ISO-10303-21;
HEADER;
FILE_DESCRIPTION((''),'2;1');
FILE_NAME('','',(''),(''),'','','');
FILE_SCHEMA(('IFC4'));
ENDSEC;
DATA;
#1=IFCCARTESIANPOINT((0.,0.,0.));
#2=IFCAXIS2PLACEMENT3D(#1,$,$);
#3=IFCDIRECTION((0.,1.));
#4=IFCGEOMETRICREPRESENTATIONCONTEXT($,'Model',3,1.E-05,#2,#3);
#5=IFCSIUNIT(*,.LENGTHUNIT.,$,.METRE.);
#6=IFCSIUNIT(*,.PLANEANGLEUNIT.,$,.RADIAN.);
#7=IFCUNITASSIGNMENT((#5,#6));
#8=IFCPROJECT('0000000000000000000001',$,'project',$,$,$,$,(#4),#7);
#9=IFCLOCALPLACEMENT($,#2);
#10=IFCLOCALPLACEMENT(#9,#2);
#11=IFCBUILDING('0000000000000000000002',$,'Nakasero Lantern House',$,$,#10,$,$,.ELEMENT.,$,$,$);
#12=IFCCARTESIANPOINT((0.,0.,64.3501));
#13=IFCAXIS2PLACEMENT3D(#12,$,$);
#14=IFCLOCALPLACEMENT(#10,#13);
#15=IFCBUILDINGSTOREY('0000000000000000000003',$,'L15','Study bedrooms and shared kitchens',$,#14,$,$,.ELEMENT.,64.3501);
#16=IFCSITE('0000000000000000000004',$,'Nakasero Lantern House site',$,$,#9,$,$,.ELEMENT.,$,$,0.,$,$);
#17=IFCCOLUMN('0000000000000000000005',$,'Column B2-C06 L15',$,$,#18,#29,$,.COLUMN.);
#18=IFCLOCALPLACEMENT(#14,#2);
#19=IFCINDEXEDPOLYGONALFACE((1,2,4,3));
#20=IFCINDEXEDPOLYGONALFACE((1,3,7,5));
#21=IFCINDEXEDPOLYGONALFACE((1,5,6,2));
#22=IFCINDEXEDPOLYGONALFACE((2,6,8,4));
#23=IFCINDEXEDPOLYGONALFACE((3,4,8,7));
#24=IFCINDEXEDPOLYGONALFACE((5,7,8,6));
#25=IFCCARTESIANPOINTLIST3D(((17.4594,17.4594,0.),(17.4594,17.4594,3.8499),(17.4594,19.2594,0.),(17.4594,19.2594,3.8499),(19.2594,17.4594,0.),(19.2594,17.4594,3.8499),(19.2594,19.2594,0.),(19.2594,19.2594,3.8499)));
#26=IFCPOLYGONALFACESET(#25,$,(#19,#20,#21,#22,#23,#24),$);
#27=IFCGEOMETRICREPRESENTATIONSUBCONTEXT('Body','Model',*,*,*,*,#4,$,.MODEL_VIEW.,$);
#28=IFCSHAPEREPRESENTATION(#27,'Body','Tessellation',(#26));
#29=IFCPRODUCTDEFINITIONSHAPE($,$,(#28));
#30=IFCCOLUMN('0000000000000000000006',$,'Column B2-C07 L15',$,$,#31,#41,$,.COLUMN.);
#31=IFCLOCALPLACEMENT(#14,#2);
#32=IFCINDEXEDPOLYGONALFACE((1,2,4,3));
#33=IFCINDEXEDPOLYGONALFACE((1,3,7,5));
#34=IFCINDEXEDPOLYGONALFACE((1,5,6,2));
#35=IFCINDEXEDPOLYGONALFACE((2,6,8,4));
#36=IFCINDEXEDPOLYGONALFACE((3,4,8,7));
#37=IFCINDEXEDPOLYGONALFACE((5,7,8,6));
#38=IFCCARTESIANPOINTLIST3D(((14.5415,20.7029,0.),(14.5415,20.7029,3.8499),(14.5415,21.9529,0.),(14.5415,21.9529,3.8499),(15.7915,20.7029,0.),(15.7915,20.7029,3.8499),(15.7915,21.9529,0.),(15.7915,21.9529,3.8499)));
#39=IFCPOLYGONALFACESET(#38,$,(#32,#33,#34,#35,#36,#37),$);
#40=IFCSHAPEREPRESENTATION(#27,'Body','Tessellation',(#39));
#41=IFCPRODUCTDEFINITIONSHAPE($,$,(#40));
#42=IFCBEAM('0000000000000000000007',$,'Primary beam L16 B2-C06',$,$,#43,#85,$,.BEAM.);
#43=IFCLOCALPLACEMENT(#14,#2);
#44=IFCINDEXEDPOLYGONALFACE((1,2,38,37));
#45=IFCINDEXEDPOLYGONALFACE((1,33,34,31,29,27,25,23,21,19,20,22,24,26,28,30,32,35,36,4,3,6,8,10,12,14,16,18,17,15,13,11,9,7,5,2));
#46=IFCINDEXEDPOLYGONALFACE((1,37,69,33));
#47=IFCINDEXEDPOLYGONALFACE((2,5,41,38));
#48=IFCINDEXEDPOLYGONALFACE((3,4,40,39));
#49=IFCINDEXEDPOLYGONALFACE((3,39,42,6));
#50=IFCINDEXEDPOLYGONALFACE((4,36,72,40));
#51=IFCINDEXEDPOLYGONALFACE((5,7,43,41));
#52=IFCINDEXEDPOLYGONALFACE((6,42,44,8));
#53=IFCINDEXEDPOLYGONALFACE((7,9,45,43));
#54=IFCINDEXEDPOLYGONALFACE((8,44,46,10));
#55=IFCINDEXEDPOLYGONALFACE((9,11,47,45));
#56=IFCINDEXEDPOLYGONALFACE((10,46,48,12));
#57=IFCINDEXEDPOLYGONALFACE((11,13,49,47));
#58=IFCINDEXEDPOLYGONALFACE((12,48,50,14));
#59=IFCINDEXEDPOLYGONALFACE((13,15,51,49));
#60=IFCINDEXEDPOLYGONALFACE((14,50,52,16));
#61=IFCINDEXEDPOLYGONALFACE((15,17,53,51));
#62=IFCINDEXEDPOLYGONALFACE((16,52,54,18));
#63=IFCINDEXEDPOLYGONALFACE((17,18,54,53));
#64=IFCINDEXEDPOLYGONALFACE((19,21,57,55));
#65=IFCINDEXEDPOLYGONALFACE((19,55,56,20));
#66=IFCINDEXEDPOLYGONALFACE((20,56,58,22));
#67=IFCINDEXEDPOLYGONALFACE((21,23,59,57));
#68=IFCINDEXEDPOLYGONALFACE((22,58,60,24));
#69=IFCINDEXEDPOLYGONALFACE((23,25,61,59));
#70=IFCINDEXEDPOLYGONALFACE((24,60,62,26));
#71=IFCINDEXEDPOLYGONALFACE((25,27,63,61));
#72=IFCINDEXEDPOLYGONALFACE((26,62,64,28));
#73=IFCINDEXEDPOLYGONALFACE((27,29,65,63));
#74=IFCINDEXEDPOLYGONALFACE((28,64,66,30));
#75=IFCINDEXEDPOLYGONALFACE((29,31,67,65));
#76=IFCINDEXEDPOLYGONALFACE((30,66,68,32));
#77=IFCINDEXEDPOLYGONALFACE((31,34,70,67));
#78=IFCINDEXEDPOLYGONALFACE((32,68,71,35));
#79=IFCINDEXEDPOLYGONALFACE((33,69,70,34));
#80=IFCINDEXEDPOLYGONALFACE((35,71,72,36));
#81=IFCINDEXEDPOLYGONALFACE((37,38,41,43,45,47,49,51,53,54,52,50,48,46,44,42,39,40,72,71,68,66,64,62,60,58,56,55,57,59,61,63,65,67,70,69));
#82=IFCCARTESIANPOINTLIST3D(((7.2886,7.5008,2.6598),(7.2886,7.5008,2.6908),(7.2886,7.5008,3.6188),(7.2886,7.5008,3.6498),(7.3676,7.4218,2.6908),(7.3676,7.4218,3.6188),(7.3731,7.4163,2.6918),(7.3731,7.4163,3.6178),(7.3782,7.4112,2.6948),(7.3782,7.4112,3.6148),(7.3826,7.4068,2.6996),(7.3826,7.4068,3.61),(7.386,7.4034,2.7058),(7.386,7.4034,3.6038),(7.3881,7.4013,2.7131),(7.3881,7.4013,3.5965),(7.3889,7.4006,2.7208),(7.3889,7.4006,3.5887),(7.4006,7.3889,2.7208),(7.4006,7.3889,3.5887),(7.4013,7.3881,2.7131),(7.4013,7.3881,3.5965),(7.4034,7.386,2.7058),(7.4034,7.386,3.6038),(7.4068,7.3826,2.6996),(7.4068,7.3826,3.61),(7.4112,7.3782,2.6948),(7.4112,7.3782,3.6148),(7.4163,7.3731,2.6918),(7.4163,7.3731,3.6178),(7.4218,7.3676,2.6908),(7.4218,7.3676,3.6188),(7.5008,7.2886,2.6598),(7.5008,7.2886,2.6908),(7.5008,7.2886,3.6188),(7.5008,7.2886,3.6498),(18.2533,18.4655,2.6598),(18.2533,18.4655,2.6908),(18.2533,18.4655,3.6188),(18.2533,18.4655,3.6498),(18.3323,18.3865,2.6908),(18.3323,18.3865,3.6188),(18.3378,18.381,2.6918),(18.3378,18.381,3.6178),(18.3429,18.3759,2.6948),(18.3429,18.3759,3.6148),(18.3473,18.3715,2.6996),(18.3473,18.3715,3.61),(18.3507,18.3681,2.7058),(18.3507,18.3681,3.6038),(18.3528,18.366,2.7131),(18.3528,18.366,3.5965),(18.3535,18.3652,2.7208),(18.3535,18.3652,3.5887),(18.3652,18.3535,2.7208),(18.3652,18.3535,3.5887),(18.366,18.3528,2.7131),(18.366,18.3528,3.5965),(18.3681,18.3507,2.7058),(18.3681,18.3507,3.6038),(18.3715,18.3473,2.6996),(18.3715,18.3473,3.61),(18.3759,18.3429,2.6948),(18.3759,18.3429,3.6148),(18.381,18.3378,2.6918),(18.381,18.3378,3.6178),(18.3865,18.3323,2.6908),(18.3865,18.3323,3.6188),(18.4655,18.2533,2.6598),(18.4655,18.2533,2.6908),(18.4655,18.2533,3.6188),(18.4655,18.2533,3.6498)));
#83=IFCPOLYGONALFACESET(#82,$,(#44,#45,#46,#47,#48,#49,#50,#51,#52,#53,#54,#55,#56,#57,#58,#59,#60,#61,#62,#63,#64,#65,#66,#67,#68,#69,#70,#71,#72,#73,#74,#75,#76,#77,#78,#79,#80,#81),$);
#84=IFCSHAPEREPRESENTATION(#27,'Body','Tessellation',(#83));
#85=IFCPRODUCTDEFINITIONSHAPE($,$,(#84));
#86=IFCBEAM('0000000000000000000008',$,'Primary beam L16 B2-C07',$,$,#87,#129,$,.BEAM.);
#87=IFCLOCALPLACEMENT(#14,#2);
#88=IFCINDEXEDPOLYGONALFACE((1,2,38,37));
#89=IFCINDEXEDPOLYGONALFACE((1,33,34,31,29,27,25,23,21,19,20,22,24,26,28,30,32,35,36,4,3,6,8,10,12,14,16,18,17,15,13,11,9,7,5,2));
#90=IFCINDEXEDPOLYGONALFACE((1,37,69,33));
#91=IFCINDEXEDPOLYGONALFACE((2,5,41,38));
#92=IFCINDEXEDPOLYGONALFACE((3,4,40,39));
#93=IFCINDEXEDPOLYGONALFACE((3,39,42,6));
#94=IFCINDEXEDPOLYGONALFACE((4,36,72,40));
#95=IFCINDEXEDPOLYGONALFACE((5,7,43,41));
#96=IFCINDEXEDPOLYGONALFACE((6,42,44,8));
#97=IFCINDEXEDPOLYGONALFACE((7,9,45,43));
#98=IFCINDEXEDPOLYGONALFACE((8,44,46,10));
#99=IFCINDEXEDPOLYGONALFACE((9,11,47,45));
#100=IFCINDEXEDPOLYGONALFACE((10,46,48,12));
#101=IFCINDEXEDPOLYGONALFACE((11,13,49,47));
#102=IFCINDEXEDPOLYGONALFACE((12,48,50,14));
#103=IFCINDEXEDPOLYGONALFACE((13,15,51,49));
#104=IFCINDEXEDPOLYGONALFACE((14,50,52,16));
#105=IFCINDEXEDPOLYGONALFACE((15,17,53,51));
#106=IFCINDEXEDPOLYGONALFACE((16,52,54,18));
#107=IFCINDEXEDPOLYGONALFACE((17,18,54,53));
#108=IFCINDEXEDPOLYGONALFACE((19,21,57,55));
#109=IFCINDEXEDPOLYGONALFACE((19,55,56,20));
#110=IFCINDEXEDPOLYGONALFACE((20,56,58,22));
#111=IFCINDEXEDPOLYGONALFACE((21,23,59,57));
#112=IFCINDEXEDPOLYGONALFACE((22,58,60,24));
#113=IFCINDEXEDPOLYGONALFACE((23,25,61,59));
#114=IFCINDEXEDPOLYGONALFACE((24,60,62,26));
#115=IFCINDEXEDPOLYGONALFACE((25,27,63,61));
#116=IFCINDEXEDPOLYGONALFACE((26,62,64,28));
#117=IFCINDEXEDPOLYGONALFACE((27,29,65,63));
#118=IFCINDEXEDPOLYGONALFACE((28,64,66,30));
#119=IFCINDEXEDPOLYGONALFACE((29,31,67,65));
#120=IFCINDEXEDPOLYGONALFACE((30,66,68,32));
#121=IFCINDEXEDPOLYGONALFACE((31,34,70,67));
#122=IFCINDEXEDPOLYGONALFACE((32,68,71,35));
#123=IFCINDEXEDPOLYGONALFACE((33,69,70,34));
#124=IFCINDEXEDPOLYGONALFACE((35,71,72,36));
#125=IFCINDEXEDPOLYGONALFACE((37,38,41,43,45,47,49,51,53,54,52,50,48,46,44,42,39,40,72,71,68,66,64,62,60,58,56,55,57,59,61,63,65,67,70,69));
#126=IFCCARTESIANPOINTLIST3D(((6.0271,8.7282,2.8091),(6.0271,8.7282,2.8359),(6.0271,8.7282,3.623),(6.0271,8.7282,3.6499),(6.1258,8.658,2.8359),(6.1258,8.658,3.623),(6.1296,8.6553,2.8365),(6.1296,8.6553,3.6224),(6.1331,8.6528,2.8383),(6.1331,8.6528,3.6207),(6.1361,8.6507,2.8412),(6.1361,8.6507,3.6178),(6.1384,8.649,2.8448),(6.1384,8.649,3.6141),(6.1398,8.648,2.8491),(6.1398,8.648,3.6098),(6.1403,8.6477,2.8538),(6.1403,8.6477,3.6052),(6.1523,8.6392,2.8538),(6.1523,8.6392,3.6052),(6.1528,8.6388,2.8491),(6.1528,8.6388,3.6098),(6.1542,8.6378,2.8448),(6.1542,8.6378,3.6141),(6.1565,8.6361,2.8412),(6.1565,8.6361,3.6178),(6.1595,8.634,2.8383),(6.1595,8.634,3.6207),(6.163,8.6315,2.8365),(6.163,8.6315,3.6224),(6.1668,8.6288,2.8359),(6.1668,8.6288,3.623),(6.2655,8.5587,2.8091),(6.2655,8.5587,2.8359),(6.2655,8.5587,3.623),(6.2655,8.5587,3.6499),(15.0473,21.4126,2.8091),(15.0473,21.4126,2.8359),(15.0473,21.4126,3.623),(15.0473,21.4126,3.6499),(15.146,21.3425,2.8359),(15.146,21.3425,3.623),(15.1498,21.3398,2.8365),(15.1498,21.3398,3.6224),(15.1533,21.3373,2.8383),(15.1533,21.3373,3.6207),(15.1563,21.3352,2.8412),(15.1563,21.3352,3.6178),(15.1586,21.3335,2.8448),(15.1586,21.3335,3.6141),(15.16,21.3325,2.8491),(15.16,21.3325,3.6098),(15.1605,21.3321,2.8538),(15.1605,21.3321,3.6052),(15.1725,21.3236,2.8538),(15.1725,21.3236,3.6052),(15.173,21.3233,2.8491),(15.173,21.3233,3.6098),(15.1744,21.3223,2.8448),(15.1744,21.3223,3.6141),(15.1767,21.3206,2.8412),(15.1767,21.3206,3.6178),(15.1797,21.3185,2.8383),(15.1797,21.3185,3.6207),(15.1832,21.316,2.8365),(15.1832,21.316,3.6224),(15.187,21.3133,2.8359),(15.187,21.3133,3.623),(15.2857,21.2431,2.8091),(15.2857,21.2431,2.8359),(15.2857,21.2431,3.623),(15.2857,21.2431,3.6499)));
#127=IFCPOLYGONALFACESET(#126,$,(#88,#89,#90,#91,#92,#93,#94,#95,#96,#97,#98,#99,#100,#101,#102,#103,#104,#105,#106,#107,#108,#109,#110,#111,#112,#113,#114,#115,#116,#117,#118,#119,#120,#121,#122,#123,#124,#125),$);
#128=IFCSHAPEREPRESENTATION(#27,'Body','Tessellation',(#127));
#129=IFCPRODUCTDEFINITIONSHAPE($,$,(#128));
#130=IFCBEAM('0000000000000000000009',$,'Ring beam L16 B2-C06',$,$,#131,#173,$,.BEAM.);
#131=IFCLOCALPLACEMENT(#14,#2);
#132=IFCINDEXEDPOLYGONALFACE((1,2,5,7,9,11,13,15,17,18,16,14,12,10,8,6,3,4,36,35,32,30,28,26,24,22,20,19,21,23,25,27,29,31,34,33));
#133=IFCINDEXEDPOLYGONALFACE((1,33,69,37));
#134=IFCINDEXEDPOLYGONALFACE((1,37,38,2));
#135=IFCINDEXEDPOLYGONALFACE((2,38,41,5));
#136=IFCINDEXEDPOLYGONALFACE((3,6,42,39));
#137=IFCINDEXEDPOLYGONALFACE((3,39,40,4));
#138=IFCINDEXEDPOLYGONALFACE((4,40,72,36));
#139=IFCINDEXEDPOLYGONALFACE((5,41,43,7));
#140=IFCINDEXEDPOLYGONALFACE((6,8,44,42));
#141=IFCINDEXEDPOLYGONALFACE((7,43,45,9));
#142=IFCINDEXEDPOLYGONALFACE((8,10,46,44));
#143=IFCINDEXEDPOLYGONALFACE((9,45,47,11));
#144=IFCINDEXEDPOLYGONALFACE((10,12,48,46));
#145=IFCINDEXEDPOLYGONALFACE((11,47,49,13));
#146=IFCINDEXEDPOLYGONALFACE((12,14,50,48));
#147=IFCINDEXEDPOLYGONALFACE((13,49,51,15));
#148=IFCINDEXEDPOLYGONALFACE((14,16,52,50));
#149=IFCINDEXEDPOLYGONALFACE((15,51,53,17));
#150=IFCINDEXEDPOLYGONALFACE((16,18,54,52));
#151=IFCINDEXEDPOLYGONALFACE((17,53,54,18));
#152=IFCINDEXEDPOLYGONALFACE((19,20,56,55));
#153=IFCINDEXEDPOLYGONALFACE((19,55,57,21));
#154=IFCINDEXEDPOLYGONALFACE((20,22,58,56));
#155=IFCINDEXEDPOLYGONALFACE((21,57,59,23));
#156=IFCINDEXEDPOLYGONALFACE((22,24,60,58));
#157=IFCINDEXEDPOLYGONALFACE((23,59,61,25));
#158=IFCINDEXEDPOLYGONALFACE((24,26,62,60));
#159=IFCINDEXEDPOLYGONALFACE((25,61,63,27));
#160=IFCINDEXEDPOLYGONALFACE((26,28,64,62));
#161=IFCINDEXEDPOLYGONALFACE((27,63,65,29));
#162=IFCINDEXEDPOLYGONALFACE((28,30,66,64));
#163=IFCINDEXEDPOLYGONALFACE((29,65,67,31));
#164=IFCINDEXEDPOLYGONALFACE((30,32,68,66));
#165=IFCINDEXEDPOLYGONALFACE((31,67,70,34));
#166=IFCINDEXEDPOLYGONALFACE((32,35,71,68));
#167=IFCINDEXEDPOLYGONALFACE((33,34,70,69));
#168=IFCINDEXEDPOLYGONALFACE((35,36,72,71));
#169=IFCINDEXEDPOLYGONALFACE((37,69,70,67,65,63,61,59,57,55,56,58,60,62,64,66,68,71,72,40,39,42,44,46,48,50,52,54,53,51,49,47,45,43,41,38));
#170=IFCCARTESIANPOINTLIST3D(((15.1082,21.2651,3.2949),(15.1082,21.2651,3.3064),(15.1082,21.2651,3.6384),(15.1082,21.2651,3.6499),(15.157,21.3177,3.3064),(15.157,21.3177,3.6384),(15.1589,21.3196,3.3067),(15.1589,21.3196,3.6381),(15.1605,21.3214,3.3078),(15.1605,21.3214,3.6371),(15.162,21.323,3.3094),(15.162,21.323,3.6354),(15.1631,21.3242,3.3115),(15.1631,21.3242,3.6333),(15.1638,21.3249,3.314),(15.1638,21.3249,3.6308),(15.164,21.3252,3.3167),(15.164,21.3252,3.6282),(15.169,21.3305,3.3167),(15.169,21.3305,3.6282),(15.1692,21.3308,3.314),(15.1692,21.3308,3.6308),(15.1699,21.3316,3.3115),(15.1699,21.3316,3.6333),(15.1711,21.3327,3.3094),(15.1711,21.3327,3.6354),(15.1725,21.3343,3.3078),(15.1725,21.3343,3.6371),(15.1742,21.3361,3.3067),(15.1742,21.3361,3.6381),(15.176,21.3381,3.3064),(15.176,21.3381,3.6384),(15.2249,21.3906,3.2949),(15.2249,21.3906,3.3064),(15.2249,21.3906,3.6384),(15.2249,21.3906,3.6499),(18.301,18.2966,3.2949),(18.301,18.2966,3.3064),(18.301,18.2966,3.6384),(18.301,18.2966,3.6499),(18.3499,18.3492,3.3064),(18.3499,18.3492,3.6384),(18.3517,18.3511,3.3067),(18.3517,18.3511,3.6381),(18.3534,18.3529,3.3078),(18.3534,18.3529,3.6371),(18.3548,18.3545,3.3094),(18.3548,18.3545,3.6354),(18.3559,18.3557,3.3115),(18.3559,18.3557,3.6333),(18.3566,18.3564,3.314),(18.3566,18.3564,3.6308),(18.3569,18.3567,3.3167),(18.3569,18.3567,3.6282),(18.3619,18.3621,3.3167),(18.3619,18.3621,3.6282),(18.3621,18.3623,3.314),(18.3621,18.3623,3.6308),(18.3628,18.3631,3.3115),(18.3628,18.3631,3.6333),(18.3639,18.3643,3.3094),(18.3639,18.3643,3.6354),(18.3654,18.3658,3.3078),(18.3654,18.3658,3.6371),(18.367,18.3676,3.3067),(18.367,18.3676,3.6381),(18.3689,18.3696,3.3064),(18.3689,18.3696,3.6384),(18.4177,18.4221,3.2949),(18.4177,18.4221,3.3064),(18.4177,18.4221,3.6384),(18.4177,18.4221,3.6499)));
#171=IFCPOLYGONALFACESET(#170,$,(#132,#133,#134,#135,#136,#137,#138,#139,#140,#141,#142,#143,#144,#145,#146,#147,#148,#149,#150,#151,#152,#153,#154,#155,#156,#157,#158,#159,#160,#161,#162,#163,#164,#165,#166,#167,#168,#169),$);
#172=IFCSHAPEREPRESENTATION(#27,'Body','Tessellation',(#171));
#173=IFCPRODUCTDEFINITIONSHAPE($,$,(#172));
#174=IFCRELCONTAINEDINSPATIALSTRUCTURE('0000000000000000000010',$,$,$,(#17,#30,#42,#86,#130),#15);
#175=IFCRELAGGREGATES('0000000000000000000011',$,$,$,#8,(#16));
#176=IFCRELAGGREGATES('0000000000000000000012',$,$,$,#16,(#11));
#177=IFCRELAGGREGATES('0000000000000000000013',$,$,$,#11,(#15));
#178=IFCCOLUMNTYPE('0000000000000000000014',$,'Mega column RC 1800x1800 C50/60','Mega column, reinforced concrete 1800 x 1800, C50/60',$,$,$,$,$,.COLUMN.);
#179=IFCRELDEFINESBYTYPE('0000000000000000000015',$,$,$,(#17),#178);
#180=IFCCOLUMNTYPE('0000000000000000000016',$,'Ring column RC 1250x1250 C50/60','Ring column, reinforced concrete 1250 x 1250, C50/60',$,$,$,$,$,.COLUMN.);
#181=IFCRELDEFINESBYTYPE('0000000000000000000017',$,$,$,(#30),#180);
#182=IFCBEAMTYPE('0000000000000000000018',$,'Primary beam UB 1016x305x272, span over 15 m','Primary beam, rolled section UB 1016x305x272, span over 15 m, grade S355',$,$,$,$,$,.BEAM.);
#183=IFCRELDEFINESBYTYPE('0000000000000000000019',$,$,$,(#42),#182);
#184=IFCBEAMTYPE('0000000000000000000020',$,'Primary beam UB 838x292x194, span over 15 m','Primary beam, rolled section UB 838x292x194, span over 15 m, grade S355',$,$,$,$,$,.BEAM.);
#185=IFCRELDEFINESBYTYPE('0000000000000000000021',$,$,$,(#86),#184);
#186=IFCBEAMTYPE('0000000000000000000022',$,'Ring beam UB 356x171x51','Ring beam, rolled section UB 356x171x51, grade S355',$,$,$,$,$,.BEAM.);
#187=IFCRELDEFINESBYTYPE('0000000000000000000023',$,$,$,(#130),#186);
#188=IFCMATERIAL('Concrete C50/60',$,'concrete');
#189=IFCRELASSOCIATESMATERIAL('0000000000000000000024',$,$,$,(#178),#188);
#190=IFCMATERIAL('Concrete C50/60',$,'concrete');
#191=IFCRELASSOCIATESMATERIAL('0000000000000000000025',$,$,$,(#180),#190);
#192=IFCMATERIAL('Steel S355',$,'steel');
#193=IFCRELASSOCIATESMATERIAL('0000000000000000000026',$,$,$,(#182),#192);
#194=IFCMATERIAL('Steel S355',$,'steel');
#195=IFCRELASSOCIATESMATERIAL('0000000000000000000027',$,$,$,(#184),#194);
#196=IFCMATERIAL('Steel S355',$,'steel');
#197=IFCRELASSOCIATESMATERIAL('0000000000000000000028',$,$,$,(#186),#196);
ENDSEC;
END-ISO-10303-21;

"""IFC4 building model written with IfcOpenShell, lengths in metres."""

from ifc_helpers import new_model, si_unit, direction, frame, origin, origin_2d, place, context, subcontext, project, spatial, rectangle, i_section, extrude, material, material_profile, profile_set, type_object, element, save


model = new_model("IFC4")

# Units and contexts
model_context = context("Model", 3, precision=1e-05, world=origin(), true_north=direction((0.0, 1.0)))
body_context = subcontext(model_context, "Body", "Model", "MODEL_VIEW")
ifc_project = project(units=[si_unit("LENGTHUNIT", "METRE"), si_unit("PLANEANGLEUNIT", "RADIAN")], contexts=[model_context])

# Site, building, storey
site_placement = place(None, origin())
site = spatial("IfcSite", under=ifc_project, at=site_placement, Name="Nakasero Lantern House site", CompositionType="ELEMENT", RefElevation=0.0)
building_placement = place(site_placement, origin())
building = spatial("IfcBuilding", under=site, at=building_placement, Name="Nakasero Lantern House", CompositionType="ELEMENT")
storey_placement = place(building_placement, frame((0.0, 0.0, 64.3501)))
storey = spatial("IfcBuildingStorey", under=building, at=storey_placement, Name="L15", Description="Study bedrooms and shared kitchens", CompositionType="ELEMENT", Elevation=64.3501)

# Columns
ifc_material_1 = material(Name="Concrete C50/60", Category="concrete")
ifc_material_profile_1 = material_profile(ifc_material_1, rectangle(XDim=1.8, YDim=1.8, at=origin_2d()), Name="RC 1800x1800")
ifc_profile_set_1 = profile_set([ifc_material_profile_1], Name="Concrete C50/60")
column_type_1 = type_object("IfcColumnType", Name="Mega column RC 1800x1800 C50/60", Description="Mega column, reinforced concrete 1800 x 1800, C50/60", PredefinedType="COLUMN", material=ifc_profile_set_1)
column_1_placement = place(storey_placement, frame((18.3594, 18.3594, 0.0), z_axis=(0.0, 0.0, 1.0), x_axis=(1.0, 0.0, 0.0)))
element("IfcColumn", 1, at=column_1_placement, inside=storey, type_object=column_type_1, Name="Column B2-C06 L15", PredefinedType="COLUMN", context=body_context, shape_type="SweptSolid", body=[
    extrude(rectangle(XDim=1.8, YDim=1.8, at=origin_2d()), origin(), (0.0, 0.0, 1.0), 3.8499),
])
ifc_material_2 = material(Name="Concrete C50/60", Category="concrete")
ifc_material_profile_2 = material_profile(ifc_material_2, rectangle(XDim=1.25, YDim=1.25, at=origin_2d()), Name="RC 1250x1250")
ifc_profile_set_2 = profile_set([ifc_material_profile_2], Name="Concrete C50/60")
column_type_2 = type_object("IfcColumnType", Name="Ring column RC 1250x1250 C50/60", Description="Ring column, reinforced concrete 1250 x 1250, C50/60", PredefinedType="COLUMN", material=ifc_profile_set_2)
column_2_placement = place(storey_placement, frame((15.1665, 21.3279, 0.0), z_axis=(0.0, 0.0, 1.0), x_axis=(1.0, 0.0, 0.0)))
element("IfcColumn", 2, at=column_2_placement, inside=storey, type_object=column_type_2, Name="Column B2-C07 L15", PredefinedType="COLUMN", context=body_context, shape_type="SweptSolid", body=[
    extrude(rectangle(XDim=1.25, YDim=1.25, at=origin_2d()), origin(), (0.0, 0.0, 1.0), 3.8499),
])

# Beams
ifc_material_3 = material(Name="Steel S355", Category="steel")
ifc_material_profile_3 = material_profile(ifc_material_3, i_section(OverallWidth=0.3, OverallDepth=0.99, WebThickness=0.0166, FlangeThickness=0.031, FilletRadius=0.03, at=origin_2d()), Name="UB 1016x305x272")
ifc_profile_set_3 = profile_set([ifc_material_profile_3], Name="Steel S355")
beam_type_1 = type_object("IfcBeamType", Name="Primary beam UB 1016x305x272, span over 15 m", Description="Primary beam, rolled section UB 1016x305x272, span over 15 m, grade S355", PredefinedType="BEAM", material=ifc_profile_set_3)
beam_1_placement = place(storey_placement, frame((18.3594, 18.3594, 3.1548), z_axis=(-0.707107, -0.707107, 0.0), x_axis=(0.707107, -0.707107, 0.0)))
element("IfcBeam", 3, at=beam_1_placement, inside=storey, type_object=beam_type_1, Name="Primary beam L16 B2-C06", PredefinedType="BEAM", context=body_context, shape_type="SweptSolid", body=[
    extrude(i_section(OverallWidth=0.3, OverallDepth=0.99, WebThickness=0.0166, FlangeThickness=0.031, FilletRadius=0.03, at=origin_2d()), origin(), (0.0, 0.0, 1.0), 15.5063),
])
ifc_material_4 = material(Name="Steel S355", Category="steel")
ifc_material_profile_4 = material_profile(ifc_material_4, i_section(OverallWidth=0.2925, OverallDepth=0.8408, WebThickness=0.0146, FlangeThickness=0.0269, FilletRadius=0.0178, at=origin_2d()), Name="UB 838x292x194")
ifc_profile_set_4 = profile_set([ifc_material_profile_4], Name="Steel S355")
beam_type_2 = type_object("IfcBeamType", Name="Primary beam UB 838x292x194, span over 15 m", Description="Primary beam, rolled section UB 838x292x194, span over 15 m, grade S355", PredefinedType="BEAM", material=ifc_profile_set_4)
beam_2_placement = place(storey_placement, frame((15.1665, 21.3279, 3.2295), z_axis=(-0.579529, -0.814952, 0.0), x_axis=(0.814952, -0.579529, 0.0)))
element("IfcBeam", 4, at=beam_2_placement, inside=storey, type_object=beam_type_2, Name="Primary beam L16 B2-C07", PredefinedType="BEAM", context=body_context, shape_type="SweptSolid", body=[
    extrude(i_section(OverallWidth=0.2925, OverallDepth=0.8408, WebThickness=0.0146, FlangeThickness=0.0269, FilletRadius=0.0178, at=origin_2d()), origin(), (0.0, 0.0, 1.0), 15.5647),
])
ifc_material_5 = material(Name="Steel S355", Category="steel")
ifc_material_profile_5 = material_profile(ifc_material_5, i_section(OverallWidth=0.1714, OverallDepth=0.355, WebThickness=0.0073, FlangeThickness=0.0115, FilletRadius=0.0103, at=origin_2d()), Name="UB 356x171x51")
ifc_profile_set_5 = profile_set([ifc_material_profile_5], Name="Steel S355")
beam_type_3 = type_object("IfcBeamType", Name="Ring beam UB 356x171x51", Description="Ring beam, rolled section UB 356x171x51, grade S355", PredefinedType="BEAM", material=ifc_profile_set_5)
beam_3_placement = place(storey_placement, frame((18.3594, 18.3594, 3.4724), z_axis=(-0.732371, 0.680906, 0.0), x_axis=(-0.680906, -0.732371, 0.0)))
element("IfcBeam", 5, at=beam_3_placement, inside=storey, type_object=beam_type_3, Name="Ring beam L16 B2-C06", PredefinedType="BEAM", context=body_context, shape_type="SweptSolid", body=[
    extrude(i_section(OverallWidth=0.1714, OverallDepth=0.355, WebThickness=0.0073, FlangeThickness=0.0115, FilletRadius=0.0103, at=origin_2d()), origin(), (0.0, 0.0, 1.0), 4.3596),
])

save(model, "model.ifc")
